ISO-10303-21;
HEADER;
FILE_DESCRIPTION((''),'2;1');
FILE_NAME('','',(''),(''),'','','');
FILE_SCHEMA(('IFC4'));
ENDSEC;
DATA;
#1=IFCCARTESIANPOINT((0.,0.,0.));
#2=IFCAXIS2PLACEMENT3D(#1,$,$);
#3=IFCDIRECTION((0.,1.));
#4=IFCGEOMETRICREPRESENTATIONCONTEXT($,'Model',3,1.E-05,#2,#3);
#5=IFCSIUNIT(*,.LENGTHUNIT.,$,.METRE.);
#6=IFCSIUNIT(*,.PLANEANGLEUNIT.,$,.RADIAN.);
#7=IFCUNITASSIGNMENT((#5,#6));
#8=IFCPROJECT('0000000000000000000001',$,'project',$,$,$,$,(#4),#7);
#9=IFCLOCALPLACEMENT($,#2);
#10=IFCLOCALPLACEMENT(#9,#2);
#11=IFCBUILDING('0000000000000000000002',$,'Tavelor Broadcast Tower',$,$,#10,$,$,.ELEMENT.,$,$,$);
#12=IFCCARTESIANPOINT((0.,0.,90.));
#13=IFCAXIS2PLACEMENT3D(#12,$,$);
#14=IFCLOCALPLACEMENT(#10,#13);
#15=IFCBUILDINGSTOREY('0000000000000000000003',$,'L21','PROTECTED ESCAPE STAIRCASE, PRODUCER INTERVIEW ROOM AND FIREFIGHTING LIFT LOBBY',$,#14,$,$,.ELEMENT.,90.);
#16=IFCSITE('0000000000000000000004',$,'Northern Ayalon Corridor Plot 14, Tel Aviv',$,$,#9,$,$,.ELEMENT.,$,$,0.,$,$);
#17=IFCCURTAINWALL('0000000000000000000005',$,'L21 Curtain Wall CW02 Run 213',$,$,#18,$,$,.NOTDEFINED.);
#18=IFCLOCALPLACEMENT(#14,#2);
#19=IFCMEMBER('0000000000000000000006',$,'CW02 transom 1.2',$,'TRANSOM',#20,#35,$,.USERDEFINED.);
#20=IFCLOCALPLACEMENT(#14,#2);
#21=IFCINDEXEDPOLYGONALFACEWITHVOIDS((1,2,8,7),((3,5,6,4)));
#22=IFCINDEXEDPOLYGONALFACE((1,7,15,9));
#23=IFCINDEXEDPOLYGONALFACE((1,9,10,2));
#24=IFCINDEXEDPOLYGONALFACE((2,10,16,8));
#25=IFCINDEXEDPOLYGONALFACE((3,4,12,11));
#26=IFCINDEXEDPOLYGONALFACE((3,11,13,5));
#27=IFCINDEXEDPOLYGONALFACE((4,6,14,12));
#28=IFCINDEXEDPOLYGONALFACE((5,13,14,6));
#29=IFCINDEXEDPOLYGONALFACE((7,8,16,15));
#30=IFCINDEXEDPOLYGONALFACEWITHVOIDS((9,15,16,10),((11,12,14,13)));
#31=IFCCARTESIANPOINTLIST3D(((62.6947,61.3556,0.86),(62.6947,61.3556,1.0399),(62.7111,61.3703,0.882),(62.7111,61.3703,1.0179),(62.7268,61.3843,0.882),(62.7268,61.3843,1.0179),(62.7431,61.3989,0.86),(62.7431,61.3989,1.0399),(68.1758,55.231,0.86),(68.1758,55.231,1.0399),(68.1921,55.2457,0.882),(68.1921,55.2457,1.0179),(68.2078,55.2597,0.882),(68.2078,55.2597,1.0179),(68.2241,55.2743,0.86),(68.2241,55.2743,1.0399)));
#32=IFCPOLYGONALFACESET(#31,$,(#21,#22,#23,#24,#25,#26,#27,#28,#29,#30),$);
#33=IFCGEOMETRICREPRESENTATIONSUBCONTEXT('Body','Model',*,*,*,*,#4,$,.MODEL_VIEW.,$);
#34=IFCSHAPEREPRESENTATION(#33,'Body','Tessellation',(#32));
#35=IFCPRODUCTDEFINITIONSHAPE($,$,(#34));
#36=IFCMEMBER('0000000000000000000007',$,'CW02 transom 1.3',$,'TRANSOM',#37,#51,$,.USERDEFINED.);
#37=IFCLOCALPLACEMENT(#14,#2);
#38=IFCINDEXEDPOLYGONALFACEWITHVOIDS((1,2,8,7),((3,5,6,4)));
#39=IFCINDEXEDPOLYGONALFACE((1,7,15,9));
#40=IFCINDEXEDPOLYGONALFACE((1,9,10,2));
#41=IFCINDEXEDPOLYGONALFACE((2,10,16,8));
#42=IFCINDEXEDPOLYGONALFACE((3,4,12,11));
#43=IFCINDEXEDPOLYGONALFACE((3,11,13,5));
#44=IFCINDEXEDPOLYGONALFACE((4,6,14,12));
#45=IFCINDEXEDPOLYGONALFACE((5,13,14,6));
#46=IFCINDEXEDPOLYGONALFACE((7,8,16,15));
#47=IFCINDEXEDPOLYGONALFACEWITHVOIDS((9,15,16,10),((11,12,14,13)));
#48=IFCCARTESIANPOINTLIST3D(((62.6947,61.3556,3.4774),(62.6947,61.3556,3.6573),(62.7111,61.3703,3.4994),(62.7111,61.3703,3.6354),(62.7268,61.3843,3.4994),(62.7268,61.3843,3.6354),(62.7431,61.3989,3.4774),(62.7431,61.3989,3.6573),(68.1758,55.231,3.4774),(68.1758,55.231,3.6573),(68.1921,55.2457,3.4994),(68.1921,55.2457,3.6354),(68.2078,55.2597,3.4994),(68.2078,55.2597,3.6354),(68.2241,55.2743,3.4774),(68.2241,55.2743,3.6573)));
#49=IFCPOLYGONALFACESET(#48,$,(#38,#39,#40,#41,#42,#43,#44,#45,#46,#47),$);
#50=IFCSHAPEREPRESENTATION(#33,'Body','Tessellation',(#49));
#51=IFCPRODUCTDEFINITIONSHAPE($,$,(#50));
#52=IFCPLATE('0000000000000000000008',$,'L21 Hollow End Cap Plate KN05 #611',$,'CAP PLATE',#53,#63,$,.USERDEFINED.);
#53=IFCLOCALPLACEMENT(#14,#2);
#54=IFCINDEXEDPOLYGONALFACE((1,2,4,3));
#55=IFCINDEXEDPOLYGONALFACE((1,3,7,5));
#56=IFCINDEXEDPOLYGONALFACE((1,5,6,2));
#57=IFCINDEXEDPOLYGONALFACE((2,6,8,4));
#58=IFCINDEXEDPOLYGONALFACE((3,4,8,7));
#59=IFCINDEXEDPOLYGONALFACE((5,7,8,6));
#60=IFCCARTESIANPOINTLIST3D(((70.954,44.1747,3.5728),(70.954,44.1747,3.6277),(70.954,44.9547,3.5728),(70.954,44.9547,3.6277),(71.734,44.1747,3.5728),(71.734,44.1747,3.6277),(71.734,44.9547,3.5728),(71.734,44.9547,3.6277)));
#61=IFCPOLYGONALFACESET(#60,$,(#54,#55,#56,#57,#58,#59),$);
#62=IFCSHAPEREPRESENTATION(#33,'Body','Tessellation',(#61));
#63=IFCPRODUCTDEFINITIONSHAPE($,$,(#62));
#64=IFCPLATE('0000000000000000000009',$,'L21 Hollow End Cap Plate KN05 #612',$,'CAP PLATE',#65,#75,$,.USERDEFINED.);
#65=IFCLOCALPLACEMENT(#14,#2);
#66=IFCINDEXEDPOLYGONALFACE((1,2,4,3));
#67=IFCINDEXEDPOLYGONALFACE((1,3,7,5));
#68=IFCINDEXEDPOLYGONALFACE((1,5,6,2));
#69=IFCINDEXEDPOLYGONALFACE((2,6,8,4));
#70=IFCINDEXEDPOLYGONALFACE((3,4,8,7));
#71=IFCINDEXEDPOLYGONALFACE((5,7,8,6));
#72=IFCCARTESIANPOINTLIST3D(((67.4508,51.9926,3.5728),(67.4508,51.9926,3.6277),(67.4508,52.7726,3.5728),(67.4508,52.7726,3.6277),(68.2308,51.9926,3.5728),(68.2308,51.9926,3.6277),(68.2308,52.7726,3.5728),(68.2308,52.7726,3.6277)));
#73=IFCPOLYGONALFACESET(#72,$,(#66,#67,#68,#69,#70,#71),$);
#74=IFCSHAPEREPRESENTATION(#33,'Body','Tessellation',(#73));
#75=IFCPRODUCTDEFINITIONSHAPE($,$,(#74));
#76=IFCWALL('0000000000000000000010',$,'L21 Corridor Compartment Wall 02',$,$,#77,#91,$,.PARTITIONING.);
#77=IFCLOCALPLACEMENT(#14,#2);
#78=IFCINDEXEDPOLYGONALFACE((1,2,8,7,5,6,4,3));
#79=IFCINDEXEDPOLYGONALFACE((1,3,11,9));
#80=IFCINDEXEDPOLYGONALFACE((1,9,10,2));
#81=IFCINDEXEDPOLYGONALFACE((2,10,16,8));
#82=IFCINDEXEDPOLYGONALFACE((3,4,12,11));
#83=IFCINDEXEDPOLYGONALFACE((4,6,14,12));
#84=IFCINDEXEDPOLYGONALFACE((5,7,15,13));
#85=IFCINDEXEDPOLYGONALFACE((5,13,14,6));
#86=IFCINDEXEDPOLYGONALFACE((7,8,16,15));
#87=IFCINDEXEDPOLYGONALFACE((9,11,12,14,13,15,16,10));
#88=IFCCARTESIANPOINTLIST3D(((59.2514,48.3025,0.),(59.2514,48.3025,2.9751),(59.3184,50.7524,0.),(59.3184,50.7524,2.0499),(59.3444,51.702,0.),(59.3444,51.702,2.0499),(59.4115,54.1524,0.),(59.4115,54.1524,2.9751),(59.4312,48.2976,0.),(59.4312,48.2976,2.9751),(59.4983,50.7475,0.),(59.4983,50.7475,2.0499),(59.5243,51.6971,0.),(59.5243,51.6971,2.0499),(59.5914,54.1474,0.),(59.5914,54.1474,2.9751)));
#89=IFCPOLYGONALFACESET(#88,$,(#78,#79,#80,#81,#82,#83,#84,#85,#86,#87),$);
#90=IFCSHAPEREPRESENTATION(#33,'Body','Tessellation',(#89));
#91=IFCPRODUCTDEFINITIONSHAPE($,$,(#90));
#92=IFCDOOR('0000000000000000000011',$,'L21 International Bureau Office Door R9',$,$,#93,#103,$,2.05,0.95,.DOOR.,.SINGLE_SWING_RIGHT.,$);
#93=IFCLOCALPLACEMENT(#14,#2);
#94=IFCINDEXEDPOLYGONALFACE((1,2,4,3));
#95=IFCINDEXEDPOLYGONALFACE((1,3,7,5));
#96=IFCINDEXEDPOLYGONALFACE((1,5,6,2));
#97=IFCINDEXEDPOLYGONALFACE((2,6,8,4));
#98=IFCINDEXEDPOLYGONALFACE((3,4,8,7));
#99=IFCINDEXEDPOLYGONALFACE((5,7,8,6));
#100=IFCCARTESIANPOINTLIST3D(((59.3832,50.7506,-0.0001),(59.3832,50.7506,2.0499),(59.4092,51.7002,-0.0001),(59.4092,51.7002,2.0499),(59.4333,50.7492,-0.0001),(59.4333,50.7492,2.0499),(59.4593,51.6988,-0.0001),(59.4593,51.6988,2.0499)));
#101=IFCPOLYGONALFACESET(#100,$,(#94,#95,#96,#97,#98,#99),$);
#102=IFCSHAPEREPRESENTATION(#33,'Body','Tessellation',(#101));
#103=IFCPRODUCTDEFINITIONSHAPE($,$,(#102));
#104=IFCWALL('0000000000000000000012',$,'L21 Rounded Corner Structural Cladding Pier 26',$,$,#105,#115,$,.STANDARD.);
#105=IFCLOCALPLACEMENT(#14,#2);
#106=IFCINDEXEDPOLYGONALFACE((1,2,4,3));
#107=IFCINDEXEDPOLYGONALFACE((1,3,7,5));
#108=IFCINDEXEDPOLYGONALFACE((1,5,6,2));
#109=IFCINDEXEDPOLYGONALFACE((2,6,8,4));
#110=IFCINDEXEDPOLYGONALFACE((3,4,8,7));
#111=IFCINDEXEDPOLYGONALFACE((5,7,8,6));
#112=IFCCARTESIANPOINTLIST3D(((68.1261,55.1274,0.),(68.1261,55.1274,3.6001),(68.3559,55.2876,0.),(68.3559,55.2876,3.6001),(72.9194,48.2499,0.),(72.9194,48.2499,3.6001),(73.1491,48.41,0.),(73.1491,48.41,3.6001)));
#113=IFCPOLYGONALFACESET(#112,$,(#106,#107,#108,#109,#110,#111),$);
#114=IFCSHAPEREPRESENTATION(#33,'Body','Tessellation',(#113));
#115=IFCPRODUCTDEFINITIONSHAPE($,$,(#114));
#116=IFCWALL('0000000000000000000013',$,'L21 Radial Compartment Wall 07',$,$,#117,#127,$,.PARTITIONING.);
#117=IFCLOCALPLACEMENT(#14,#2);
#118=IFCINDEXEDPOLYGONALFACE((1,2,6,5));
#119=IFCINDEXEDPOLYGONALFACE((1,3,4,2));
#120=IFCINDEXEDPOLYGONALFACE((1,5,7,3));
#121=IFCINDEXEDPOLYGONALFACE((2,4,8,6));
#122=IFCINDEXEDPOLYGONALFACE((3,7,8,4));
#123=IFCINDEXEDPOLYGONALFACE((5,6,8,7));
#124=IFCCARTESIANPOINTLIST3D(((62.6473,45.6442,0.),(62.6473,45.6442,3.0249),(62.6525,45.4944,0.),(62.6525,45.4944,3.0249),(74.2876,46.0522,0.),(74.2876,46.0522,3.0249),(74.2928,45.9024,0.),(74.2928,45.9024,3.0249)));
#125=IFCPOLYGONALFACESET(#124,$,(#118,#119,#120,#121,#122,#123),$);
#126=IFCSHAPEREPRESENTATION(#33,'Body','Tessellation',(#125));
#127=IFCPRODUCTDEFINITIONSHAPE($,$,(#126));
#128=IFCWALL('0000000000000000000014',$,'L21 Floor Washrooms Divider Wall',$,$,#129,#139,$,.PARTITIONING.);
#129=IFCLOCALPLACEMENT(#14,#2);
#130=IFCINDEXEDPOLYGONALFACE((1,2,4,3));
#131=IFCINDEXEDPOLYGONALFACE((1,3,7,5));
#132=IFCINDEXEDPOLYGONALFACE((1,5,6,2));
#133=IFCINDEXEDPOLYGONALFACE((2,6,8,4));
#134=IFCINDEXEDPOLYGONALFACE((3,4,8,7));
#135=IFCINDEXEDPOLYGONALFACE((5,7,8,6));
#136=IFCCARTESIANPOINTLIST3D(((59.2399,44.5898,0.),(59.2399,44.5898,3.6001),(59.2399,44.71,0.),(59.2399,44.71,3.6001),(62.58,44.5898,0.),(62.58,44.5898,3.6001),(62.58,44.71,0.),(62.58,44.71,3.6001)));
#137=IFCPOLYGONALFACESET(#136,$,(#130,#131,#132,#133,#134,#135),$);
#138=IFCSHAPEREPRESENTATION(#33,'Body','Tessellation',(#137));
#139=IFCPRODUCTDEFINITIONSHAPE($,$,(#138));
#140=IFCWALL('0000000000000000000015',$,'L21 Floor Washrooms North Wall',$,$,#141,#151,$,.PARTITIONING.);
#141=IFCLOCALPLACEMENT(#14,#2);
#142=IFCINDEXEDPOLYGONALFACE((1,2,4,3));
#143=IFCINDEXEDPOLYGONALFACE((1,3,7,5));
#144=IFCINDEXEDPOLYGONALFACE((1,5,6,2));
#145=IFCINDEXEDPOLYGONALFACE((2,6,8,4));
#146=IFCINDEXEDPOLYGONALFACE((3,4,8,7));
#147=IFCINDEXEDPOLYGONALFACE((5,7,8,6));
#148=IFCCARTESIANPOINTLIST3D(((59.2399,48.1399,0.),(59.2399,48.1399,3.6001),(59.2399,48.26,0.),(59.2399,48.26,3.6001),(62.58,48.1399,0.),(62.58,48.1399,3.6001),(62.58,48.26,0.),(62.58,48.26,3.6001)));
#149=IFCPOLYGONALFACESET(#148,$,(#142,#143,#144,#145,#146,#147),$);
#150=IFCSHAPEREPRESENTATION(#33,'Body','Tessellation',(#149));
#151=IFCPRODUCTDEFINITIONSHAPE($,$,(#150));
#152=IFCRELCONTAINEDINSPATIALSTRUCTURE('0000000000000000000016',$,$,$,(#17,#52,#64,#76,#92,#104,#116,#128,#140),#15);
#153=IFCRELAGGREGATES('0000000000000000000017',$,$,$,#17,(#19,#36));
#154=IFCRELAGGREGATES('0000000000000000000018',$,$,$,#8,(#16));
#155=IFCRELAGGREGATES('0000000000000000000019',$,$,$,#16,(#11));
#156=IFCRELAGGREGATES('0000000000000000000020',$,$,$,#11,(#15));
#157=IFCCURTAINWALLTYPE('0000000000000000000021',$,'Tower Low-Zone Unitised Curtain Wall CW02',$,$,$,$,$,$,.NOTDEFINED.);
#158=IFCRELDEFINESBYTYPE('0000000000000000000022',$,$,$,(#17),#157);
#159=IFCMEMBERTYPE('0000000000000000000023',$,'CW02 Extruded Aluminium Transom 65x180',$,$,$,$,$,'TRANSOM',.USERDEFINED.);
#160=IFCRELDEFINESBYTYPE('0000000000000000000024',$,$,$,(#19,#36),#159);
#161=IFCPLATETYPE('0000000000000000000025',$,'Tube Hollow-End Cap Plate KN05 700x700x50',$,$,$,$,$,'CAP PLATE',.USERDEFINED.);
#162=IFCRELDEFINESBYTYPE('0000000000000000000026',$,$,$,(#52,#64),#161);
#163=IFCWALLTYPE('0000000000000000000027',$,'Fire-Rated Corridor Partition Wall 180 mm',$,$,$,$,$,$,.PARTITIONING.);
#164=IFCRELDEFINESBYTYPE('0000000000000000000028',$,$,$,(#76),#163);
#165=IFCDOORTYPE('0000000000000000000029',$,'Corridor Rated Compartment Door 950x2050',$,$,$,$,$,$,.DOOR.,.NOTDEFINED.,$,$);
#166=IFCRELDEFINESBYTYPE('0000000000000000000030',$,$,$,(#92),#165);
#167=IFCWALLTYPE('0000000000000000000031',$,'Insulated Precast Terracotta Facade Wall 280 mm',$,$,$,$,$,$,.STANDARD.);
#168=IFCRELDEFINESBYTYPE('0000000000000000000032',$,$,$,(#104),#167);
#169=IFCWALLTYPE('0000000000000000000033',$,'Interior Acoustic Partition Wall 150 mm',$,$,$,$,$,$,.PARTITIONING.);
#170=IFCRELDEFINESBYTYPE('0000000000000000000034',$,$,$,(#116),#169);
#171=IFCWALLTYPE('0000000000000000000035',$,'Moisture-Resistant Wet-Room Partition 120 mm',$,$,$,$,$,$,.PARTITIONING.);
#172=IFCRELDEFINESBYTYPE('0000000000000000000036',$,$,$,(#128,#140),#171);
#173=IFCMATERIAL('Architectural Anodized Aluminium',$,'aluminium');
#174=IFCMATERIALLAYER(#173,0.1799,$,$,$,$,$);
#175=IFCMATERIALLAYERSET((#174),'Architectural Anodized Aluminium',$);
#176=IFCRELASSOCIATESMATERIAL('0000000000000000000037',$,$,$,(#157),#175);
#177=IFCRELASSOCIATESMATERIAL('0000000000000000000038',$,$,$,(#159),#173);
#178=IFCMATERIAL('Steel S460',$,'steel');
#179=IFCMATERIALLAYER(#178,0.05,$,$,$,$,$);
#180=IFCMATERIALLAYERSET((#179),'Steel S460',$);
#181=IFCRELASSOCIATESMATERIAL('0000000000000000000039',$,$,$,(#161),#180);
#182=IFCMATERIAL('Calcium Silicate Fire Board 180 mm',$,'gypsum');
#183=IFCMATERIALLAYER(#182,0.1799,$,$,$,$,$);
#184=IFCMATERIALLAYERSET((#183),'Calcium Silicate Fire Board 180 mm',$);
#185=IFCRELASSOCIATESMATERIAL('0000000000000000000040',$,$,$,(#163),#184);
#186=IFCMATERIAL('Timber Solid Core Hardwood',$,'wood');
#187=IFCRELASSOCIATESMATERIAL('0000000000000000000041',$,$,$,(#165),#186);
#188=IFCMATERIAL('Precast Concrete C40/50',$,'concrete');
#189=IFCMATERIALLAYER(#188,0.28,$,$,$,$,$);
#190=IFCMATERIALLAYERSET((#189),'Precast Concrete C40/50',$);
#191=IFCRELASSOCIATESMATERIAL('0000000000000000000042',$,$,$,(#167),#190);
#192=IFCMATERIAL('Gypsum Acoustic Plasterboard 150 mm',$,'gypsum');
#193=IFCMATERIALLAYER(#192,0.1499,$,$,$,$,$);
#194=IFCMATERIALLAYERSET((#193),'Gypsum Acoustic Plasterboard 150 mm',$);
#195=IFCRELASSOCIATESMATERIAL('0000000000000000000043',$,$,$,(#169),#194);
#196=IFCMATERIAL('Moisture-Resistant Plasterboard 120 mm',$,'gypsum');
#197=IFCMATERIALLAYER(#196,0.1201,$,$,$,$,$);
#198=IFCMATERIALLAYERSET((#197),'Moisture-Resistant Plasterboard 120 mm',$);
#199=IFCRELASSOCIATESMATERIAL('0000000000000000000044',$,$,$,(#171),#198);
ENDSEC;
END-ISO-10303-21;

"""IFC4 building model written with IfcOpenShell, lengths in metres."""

from ifc_helpers import new_model, si_unit, direction, frame, frame_2d, origin, origin_2d, place, context, subcontext, project, spatial, rectangle, hollow_rectangle, extrude, source, transform, mapped, material, layer, layer_set, material_profile, profile_set, type_object, type_shapes, element, fill, aggregate, save


model = new_model("IFC4")

# Units and contexts
model_context = context("Model", 3, precision=1e-05, world=origin(), true_north=direction((0.0, 1.0)))
body_context = subcontext(model_context, "Body", "Model", "MODEL_VIEW")
ifc_project = project(units=[si_unit("LENGTHUNIT", "METRE"), si_unit("PLANEANGLEUNIT", "RADIAN")], contexts=[model_context])

# Site, building, storey
site_placement = place(None, origin())
site = spatial("IfcSite", under=ifc_project, at=site_placement, Name="Northern Ayalon Corridor Plot 14, Tel Aviv", CompositionType="ELEMENT", RefElevation=0.0)
building_placement = place(site_placement, origin())
building = spatial("IfcBuilding", under=site, at=building_placement, Name="Tavelor Broadcast Tower", CompositionType="ELEMENT")
storey_placement = place(building_placement, frame((0.0, 0.0, 90.0)))
storey = spatial("IfcBuildingStorey", under=building, at=storey_placement, Name="L21", Description="PROTECTED ESCAPE STAIRCASE, PRODUCER INTERVIEW ROOM AND FIREFIGHTING LIFT LOBBY", CompositionType="ELEMENT", Elevation=90.0)

# Shared definitions
ifc_material_1 = material(Name="Steel S460", Category="steel")

# Curtain wall, members
ifc_material_2 = material(Name="Architectural Anodized Aluminium", Category="aluminium")
ifc_layer_1 = layer(ifc_material_2, 0.1799)
ifc_layer_set_1 = layer_set([ifc_layer_1], Name="Architectural Anodized Aluminium")
curtain_wall_type = type_object("IfcCurtainWallType", Name="Tower Low-Zone Unitised Curtain Wall CW02", PredefinedType="NOTDEFINED", material=ifc_layer_set_1)
curtain_wall_placement = place(storey_placement, origin())
curtain_wall = element("IfcCurtainWall", 1, at=curtain_wall_placement, inside=storey, type_object=curtain_wall_type, Name="L21 Curtain Wall CW02 Run 213", PredefinedType="NOTDEFINED")
ifc_material_profile_1 = material_profile(ifc_material_2, hollow_rectangle(XDim=0.0649, YDim=0.1799, WallThickness=0.022, at=origin_2d()), Name="RHS 65x180x22")
ifc_profile_set_1 = profile_set([ifc_material_profile_1], Name="Architectural Anodized Aluminium")
member_type_1 = type_object("IfcMemberType", Name="CW02 Extruded Aluminium Transom 65x180", ElementType="TRANSOM", PredefinedType="USERDEFINED", material=ifc_profile_set_1)
shared_shape_1 = source(origin(), body_context, "Body", "SweptSolid", [
    extrude(hollow_rectangle(XDim=0.0649, YDim=0.1799, WallThickness=0.022, at=origin_2d()), origin(), (0.0, 0.0, 1.0), 8.219),
])
type_shapes(member_type_1, [shared_shape_1])
member_1_placement = place(storey_placement, frame((68.2, 55.2527, 0.95), z_axis=(-0.666871, 0.745173, 0.0), x_axis=(-0.745173, -0.666871, 0.0)))
member_1 = element("IfcMember", 2, at=member_1_placement, type_object=member_type_1, Name="CW02 transom 1.2", ObjectType="TRANSOM", PredefinedType="USERDEFINED", context=body_context, shape_type="MappedRepresentation", body=[
    mapped(shared_shape_1, transform((0.0, 0.0, 0.0), scale=1.0)),
])
member_2_placement = place(storey_placement, frame((68.2, 55.2527, 3.5674), z_axis=(-0.666871, 0.745173, 0.0), x_axis=(-0.745173, -0.666871, 0.0)))
member_2 = element("IfcMember", 3, at=member_2_placement, type_object=member_type_1, Name="CW02 transom 1.3", ObjectType="TRANSOM", PredefinedType="USERDEFINED", context=body_context, shape_type="MappedRepresentation", body=[
    mapped(shared_shape_1, transform((0.0, 0.0, 0.0), scale=1.0)),
])
aggregate(curtain_wall, [member_1, member_2])

# Plates
ifc_layer_2 = layer(ifc_material_1, 0.05)
ifc_layer_set_2 = layer_set([ifc_layer_2], Name="Steel S460")
plate_type = type_object("IfcPlateType", Name="Tube Hollow-End Cap Plate KN05 700x700x50", ElementType="CAP PLATE", PredefinedType="USERDEFINED", material=ifc_layer_set_2)
shared_shape_2 = source(origin(), body_context, "Body", "SweptSolid", [
    extrude(rectangle(XDim=0.78, YDim=0.78, at=origin_2d()), origin(), (0.0, 0.0, 1.0), 0.0549),
])
type_shapes(plate_type, [shared_shape_2])
for number, where, z_axis, x_axis, name in (
    (4, (71.344, 44.5647, 3.5728), (0.0, 0.0, 1.0), (1.0, 0.0, 0.0), "L21 Hollow End Cap Plate KN05 #611"),
    (5, (67.8408, 52.3826, 3.5728), (0.0, 0.0, 1.0), (1.0, 0.0, 0.0), "L21 Hollow End Cap Plate KN05 #612"),
):
    element("IfcPlate", number, at=place(storey_placement, frame(where, z_axis=z_axis, x_axis=x_axis)), inside=storey, type_object=plate_type, Name=name, ObjectType="CAP PLATE", PredefinedType="USERDEFINED", context=body_context, shape_type="MappedRepresentation", body=[
        mapped(shared_shape_2, transform((0.0, 0.0, 0.0), scale=1.0)),
    ])

# Wall, opening, door
ifc_material_3 = material(Name="Calcium Silicate Fire Board 180 mm", Category="gypsum")
ifc_layer_3 = layer(ifc_material_3, 0.1799)
ifc_layer_set_3 = layer_set([ifc_layer_3], Name="Calcium Silicate Fire Board 180 mm")
wall_type_1 = type_object("IfcWallType", Name="Fire-Rated Corridor Partition Wall 180 mm", PredefinedType="PARTITIONING", material=ifc_layer_set_3)
wall_1_placement = place(storey_placement, frame((59.5015, 54.1499, 0.0), z_axis=(0.0, 0.0, 1.0), x_axis=(-0.027368, -0.999625, 0.0)))
wall_1 = element("IfcWall", 6, at=wall_1_placement, inside=storey, type_object=wall_type_1, Name="L21 Corridor Compartment Wall 02", PredefinedType="PARTITIONING", context=body_context, shape_type="SweptSolid", body=[
    extrude(rectangle(XDim=5.8521, YDim=0.1799, at=frame_2d((2.926, 0.0))), origin(), (0.0, 0.0, 1.0), 2.9751),
])
opening_placement = place(wall_1_placement, frame((2.4512, 0.0, 0.0)))
opening = element("IfcOpeningElement", 7, at=opening_placement, cuts=wall_1, PredefinedType="OPENING", context=body_context, shape_type="SweptSolid", body=[
    extrude(rectangle(XDim=0.95, YDim=2.05, at=frame_2d((0.4751, 1.0249))), frame((0.0, 0.1001, 0.0), z_axis=(0.0, -1.0, 0.0), x_axis=(1.0, 0.0, 0.0)), (0.0, 0.0, 1.0), 0.2),
])
ifc_material_4 = material(Name="Timber Solid Core Hardwood", Category="wood")
door_type = type_object("IfcDoorType", Name="Corridor Rated Compartment Door 950x2050", OperationType="NOTDEFINED", PredefinedType="DOOR", material=ifc_material_4)
door_placement = place(opening_placement, origin())
door = element("IfcDoor", 8, at=door_placement, inside=storey, type_object=door_type, Name="L21 International Bureau Office Door R9", OperationType="SINGLE_SWING_RIGHT", OverallHeight=2.05, OverallWidth=0.95, PredefinedType="DOOR", context=body_context, shape_type="SweptSolid", body=[
    extrude(rectangle(XDim=0.95, YDim=2.05, at=frame_2d((0.4751, 1.0249))), frame((0.0, 0.0249, 0.0), z_axis=(0.0, -1.0, 0.0), x_axis=(1.0, 0.0, 0.0)), (0.0, 0.0, 1.0), 0.05),
])
fill(opening, door)

# Walls
ifc_material_5 = material(Name="Precast Concrete C40/50", Category="concrete")
ifc_layer_4 = layer(ifc_material_5, 0.28)
ifc_layer_set_4 = layer_set([ifc_layer_4], Name="Precast Concrete C40/50")
wall_type_2 = type_object("IfcWallType", Name="Insulated Precast Terracotta Facade Wall 280 mm", PredefinedType="STANDARD", material=ifc_layer_set_4)
wall_2_placement = place(storey_placement, frame((73.0342, 48.3301, 0.0), z_axis=(0.0, 0.0, 1.0), x_axis=(-0.57178, 0.820407, 0.0)))
element("IfcWall", 9, at=wall_2_placement, inside=storey, type_object=wall_type_2, Name="L21 Rounded Corner Structural Cladding Pier 26", PredefinedType="STANDARD", context=body_context, shape_type="SweptSolid", body=[
    extrude(rectangle(XDim=8.3831, YDim=0.28, at=frame_2d((4.1914, 0.0))), origin(), (0.0, 0.0, 1.0), 3.6001),
])
ifc_material_6 = material(Name="Gypsum Acoustic Plasterboard 150 mm", Category="gypsum")
ifc_layer_5 = layer(ifc_material_6, 0.1499)
ifc_layer_set_5 = layer_set([ifc_layer_5], Name="Gypsum Acoustic Plasterboard 150 mm")
wall_type_3 = type_object("IfcWallType", Name="Interior Acoustic Partition Wall 150 mm", PredefinedType="PARTITIONING", material=ifc_layer_set_5)
wall_3_placement = place(storey_placement, frame((62.6499, 45.5693, 0.0), z_axis=(0.0, 0.0, 1.0), x_axis=(0.999386, 0.035025, 0.0)))
element("IfcWall", 10, at=wall_3_placement, inside=storey, type_object=wall_type_3, Name="L21 Radial Compartment Wall 07", PredefinedType="PARTITIONING", context=body_context, shape_type="SweptSolid", body=[
    extrude(rectangle(XDim=11.6475, YDim=0.1499, at=frame_2d((5.8237, 0.0))), origin(), (0.0, 0.0, 1.0), 3.0249),
])
ifc_material_7 = material(Name="Moisture-Resistant Plasterboard 120 mm", Category="gypsum")
ifc_layer_6 = layer(ifc_material_7, 0.1201)
ifc_layer_set_6 = layer_set([ifc_layer_6], Name="Moisture-Resistant Plasterboard 120 mm")
wall_type_4 = type_object("IfcWallType", Name="Moisture-Resistant Wet-Room Partition 120 mm", PredefinedType="PARTITIONING", material=ifc_layer_set_6)
for number, where, z_axis, x_axis, name in (
    (11, (59.24, 44.6499, 0.0), (0.0, 0.0, 1.0), (1.0, 0.0, 0.0), "L21 Floor Washrooms Divider Wall"),
    (12, (59.24, 48.2, 0.0), (0.0, 0.0, 1.0), (1.0, 0.0, 0.0), "L21 Floor Washrooms North Wall"),
):
    element("IfcWall", number, at=place(storey_placement, frame(where, z_axis=z_axis, x_axis=x_axis)), inside=storey, type_object=wall_type_4, Name=name, PredefinedType="PARTITIONING", context=body_context, shape_type="SweptSolid", body=[
        extrude(rectangle(XDim=3.3401, YDim=0.1201, at=frame_2d((1.6699, 0.0))), origin(), (0.0, 0.0, 1.0), 3.6001),
    ])

save(model, "model.ifc")
